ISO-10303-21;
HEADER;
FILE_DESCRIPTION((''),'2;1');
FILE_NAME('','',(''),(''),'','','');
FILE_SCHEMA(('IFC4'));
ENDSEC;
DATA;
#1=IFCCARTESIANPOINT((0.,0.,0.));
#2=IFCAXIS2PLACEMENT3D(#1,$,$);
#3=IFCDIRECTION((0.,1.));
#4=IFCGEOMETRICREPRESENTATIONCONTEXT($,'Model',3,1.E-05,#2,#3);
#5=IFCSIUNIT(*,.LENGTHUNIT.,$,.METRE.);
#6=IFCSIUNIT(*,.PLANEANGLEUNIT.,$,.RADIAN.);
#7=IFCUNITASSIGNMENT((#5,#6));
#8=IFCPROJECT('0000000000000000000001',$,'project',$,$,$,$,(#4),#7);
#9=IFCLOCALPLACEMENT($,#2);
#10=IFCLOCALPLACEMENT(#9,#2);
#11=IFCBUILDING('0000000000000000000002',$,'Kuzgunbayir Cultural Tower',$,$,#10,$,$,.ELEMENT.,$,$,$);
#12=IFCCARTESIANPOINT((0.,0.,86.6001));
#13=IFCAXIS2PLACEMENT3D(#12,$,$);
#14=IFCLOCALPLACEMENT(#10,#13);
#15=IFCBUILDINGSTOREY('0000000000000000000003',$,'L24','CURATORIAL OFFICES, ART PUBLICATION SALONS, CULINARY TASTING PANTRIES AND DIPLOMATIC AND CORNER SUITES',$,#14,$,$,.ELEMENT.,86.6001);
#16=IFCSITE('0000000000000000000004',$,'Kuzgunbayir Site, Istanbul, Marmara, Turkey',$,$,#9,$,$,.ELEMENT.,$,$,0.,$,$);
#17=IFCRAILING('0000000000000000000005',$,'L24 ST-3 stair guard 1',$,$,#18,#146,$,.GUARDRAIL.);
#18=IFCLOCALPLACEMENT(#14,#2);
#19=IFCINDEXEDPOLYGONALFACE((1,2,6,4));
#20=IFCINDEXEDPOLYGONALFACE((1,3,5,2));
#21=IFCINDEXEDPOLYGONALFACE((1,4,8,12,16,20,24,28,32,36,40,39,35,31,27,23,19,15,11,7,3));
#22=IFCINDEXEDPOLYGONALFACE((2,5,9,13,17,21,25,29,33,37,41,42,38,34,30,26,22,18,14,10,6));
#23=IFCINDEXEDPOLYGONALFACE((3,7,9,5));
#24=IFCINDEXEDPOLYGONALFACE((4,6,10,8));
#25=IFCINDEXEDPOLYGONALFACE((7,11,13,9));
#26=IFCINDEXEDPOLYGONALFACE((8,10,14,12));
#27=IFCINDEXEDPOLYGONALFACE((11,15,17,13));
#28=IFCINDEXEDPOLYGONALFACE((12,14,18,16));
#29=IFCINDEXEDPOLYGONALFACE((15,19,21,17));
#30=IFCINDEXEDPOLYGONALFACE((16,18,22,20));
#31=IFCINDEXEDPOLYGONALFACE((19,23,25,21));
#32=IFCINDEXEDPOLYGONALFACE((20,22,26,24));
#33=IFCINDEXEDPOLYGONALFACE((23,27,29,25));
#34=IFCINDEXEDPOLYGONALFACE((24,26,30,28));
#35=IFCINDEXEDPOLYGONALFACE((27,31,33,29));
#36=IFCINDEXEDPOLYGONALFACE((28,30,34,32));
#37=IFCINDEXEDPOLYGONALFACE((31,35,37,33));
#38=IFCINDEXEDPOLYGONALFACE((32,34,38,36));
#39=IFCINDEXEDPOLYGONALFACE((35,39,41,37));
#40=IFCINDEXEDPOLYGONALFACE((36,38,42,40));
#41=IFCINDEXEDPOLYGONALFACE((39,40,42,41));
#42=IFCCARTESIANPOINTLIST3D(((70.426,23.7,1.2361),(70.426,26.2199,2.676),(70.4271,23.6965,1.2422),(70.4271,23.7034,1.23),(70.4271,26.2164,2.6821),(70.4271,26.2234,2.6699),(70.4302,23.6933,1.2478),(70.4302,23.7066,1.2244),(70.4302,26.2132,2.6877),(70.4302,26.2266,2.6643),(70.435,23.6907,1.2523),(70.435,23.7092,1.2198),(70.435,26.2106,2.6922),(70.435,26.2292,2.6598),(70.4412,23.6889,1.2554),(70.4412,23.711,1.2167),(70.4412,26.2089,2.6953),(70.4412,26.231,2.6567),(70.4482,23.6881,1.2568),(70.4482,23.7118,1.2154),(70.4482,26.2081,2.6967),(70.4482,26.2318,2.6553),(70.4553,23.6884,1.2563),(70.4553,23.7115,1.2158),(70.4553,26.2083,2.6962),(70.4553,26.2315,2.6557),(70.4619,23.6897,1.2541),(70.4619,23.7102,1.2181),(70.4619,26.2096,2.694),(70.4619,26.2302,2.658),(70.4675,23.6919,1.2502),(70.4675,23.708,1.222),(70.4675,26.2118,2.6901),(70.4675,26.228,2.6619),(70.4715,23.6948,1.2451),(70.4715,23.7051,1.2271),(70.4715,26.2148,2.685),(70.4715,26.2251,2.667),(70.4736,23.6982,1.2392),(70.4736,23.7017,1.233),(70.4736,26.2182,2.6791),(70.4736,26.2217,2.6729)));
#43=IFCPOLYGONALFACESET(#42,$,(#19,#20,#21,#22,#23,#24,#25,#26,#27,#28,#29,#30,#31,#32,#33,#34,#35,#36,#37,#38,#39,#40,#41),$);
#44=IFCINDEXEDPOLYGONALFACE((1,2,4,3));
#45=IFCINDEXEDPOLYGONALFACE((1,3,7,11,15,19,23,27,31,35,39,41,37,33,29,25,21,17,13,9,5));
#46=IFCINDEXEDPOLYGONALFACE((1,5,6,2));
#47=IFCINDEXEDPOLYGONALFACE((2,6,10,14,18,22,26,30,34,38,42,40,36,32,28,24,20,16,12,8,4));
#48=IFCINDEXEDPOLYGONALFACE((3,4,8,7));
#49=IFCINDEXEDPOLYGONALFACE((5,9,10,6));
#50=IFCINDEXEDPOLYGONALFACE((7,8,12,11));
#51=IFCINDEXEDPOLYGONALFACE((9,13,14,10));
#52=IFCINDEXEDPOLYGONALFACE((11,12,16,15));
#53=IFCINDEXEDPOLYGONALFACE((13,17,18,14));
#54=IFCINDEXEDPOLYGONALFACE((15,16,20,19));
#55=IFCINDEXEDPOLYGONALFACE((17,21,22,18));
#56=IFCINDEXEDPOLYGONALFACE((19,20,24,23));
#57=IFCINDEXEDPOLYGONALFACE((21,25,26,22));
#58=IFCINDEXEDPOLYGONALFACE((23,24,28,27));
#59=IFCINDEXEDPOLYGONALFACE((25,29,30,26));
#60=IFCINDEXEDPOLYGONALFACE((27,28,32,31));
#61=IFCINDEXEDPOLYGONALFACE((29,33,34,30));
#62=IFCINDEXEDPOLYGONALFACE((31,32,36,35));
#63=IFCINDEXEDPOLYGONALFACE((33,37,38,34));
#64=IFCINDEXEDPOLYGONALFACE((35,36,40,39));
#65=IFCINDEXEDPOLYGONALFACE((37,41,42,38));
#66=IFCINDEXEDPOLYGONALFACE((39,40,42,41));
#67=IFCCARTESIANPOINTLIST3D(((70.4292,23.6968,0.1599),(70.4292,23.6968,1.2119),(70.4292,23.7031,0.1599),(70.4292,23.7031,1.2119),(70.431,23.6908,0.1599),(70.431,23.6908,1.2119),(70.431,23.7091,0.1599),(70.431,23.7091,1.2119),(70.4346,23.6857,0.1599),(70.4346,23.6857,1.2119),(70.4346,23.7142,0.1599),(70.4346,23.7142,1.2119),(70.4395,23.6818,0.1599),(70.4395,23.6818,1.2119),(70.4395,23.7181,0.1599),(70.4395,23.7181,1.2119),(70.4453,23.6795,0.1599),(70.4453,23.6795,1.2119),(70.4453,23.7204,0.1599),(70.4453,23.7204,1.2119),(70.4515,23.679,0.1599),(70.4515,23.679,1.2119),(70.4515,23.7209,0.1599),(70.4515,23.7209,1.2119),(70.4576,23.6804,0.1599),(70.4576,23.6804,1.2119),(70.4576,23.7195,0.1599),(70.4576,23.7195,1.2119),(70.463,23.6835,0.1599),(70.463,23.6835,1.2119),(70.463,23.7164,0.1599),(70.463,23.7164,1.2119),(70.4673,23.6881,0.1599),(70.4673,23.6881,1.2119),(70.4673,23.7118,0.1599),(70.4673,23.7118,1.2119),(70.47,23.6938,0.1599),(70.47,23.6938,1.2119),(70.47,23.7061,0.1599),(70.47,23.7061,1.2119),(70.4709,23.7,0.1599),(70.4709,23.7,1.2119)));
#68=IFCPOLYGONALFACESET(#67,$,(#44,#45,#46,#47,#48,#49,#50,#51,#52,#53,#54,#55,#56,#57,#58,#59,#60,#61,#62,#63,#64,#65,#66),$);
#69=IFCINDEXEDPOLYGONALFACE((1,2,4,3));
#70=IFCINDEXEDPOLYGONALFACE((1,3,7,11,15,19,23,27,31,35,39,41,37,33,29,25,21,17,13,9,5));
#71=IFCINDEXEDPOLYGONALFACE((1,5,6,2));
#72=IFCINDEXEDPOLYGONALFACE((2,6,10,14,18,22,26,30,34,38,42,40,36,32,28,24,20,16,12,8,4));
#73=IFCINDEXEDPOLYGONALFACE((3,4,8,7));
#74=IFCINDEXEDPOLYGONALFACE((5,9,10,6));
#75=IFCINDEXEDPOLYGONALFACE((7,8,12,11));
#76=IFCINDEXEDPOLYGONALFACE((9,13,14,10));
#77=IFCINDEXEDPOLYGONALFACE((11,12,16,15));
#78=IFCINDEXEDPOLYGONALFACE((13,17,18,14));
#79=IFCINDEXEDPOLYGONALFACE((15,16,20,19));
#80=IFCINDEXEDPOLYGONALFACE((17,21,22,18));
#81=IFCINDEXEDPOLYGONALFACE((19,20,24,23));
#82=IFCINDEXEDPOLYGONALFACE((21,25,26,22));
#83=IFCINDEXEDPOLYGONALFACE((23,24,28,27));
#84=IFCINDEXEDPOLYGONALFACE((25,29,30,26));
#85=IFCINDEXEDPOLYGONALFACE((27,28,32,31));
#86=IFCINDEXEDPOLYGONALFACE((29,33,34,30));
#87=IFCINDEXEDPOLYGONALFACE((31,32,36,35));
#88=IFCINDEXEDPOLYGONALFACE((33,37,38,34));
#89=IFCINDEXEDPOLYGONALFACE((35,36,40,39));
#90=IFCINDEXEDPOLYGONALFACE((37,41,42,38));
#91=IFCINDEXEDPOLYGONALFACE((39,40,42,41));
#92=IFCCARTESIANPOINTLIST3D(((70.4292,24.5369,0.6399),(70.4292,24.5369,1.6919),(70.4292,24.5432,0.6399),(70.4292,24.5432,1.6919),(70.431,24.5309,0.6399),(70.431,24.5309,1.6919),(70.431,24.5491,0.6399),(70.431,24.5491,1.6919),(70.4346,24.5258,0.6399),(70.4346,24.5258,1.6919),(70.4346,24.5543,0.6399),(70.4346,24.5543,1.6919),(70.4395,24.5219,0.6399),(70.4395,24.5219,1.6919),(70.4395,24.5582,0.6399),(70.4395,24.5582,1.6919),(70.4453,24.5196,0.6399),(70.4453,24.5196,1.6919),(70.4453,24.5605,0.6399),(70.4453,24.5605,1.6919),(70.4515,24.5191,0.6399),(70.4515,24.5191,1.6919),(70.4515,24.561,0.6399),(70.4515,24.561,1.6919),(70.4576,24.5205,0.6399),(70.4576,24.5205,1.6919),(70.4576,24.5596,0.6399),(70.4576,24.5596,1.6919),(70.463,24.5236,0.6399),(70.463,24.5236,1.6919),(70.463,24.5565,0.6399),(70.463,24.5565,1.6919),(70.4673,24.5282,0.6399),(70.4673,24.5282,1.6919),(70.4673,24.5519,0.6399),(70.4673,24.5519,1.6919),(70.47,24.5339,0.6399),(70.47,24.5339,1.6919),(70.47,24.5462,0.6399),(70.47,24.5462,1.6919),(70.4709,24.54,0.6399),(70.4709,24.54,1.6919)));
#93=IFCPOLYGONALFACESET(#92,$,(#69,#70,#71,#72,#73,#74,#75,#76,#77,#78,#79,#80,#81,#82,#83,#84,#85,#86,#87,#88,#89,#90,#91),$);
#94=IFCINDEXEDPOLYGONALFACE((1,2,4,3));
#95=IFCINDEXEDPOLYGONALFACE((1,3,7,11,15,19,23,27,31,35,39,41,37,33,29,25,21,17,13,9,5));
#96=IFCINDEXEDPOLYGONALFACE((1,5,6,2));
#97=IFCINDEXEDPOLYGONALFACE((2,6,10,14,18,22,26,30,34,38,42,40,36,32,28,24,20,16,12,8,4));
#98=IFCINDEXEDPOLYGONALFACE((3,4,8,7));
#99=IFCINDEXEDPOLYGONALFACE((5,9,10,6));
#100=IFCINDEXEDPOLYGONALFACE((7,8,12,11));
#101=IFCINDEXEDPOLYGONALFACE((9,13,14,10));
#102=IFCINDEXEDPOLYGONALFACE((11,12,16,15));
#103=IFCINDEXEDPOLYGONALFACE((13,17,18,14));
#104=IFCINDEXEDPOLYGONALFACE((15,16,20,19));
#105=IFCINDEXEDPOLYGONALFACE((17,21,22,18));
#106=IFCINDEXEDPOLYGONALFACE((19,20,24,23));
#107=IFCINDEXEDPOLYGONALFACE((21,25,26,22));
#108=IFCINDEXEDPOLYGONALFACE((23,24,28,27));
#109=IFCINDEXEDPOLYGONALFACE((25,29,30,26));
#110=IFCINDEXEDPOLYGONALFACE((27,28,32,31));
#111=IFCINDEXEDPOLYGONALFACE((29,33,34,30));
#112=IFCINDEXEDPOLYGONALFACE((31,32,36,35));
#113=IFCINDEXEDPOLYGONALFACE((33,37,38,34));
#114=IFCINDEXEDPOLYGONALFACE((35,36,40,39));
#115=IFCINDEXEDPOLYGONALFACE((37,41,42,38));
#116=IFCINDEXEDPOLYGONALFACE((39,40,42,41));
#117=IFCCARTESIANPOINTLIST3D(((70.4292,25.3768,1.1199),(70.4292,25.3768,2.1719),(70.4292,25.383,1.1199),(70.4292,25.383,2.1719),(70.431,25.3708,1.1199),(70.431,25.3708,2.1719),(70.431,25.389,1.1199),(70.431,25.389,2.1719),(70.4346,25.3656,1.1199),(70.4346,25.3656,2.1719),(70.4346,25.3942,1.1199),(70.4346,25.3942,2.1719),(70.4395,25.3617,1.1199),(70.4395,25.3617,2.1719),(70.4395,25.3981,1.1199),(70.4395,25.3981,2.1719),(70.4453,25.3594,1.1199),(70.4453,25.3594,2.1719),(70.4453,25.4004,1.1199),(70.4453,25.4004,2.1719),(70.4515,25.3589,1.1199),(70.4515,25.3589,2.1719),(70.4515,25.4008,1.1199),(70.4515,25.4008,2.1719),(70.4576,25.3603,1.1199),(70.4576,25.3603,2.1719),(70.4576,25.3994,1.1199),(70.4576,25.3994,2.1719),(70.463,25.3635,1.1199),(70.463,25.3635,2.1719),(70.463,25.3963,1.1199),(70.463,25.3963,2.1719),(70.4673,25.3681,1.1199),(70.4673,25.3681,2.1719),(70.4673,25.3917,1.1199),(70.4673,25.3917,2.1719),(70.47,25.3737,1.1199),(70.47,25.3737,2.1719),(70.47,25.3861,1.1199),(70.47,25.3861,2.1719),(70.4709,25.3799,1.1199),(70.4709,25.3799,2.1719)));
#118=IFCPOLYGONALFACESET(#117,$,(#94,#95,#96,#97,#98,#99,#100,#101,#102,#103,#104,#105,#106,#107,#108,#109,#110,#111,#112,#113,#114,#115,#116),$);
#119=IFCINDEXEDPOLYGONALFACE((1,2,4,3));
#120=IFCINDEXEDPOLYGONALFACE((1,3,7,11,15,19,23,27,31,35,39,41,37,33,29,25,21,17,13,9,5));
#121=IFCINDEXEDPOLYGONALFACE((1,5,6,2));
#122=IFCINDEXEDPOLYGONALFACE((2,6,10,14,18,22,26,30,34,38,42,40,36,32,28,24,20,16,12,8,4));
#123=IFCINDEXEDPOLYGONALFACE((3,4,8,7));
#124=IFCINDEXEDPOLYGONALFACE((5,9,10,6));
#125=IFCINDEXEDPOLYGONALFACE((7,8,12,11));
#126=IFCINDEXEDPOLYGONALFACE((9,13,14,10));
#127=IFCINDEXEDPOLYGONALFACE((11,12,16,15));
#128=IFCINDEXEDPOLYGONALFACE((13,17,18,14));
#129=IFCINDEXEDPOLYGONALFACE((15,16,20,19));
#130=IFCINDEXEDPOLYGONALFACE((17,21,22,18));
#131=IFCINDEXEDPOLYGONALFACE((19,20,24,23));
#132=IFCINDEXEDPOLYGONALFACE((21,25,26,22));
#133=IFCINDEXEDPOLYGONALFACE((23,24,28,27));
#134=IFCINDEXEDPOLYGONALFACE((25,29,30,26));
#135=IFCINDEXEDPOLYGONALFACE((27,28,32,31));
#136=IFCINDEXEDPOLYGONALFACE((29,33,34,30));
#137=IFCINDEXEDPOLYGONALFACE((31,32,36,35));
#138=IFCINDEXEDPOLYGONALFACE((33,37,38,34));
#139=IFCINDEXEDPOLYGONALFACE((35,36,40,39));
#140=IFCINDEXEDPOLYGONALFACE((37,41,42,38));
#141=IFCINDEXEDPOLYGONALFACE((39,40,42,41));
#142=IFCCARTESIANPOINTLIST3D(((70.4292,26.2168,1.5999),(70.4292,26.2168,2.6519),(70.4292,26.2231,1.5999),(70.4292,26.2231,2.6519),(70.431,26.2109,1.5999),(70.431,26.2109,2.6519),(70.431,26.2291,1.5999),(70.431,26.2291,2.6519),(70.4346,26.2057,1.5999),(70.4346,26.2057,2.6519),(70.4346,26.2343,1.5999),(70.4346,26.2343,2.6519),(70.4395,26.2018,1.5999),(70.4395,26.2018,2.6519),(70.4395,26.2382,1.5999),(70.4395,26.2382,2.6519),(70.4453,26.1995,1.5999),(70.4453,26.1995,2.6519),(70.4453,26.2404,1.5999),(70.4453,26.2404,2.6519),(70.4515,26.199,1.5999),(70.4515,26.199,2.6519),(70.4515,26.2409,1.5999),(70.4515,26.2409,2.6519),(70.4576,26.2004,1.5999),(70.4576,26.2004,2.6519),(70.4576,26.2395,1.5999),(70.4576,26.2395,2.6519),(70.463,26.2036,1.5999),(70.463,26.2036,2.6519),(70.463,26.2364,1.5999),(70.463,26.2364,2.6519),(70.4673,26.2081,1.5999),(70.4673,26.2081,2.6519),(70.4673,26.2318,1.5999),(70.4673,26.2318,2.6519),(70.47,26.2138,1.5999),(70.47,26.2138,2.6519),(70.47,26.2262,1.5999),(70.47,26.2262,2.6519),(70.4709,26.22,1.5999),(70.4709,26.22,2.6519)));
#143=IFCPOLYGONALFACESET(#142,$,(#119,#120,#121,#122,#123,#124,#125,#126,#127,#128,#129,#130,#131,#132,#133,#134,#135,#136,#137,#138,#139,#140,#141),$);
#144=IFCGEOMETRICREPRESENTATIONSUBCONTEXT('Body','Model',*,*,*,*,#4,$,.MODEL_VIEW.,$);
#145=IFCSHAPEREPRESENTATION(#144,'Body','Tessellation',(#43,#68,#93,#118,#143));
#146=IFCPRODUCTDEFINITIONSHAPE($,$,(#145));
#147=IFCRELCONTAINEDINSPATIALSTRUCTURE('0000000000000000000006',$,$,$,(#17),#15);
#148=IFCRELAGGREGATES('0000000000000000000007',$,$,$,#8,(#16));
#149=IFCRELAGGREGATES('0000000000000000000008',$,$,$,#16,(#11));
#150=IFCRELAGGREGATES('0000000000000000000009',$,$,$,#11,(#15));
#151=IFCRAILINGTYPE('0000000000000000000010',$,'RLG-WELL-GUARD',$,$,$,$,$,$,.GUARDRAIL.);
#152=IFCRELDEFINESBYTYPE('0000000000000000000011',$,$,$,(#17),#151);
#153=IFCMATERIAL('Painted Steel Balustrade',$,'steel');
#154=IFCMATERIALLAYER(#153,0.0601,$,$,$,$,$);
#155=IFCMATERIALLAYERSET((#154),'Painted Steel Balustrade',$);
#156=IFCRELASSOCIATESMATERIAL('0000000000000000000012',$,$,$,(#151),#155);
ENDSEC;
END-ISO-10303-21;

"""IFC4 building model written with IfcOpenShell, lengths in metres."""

from ifc_helpers import new_model, si_unit, direction, frame, origin, origin_2d, place, context, subcontext, project, spatial, circle, extrude, material, layer, layer_set, type_object, element, save


model = new_model("IFC4")

# Units and contexts
model_context = context("Model", 3, precision=1e-05, world=origin(), true_north=direction((0.0, 1.0)))
body_context = subcontext(model_context, "Body", "Model", "MODEL_VIEW")
ifc_project = project(units=[si_unit("LENGTHUNIT", "METRE"), si_unit("PLANEANGLEUNIT", "RADIAN")], contexts=[model_context])

# Site, building, storey
site_placement = place(None, origin())
site = spatial("IfcSite", under=ifc_project, at=site_placement, Name="Kuzgunbayir Site, Istanbul, Marmara, Turkey", CompositionType="ELEMENT", RefElevation=0.0)
building_placement = place(site_placement, origin())
building = spatial("IfcBuilding", under=site, at=building_placement, Name="Kuzgunbayir Cultural Tower", CompositionType="ELEMENT")
storey_placement = place(building_placement, frame((0.0, 0.0, 86.6001)))
storey = spatial("IfcBuildingStorey", under=building, at=storey_placement, Name="L24", Description="CURATORIAL OFFICES, ART PUBLICATION SALONS, CULINARY TASTING PANTRIES AND DIPLOMATIC AND CORNER SUITES", CompositionType="ELEMENT", Elevation=86.6001)

# Railing
ifc_material_1 = material(Name="Painted Steel Balustrade", Category="steel")
ifc_layer_1 = layer(ifc_material_1, 0.0601)
ifc_layer_set_1 = layer_set([ifc_layer_1], Name="Painted Steel Balustrade")
railing_type_1 = type_object("IfcRailingType", Name="RLG-WELL-GUARD", PredefinedType="GUARDRAIL", material=ifc_layer_set_1)
railing_1_placement = place(storey_placement, frame((70.45, 23.7, 0.1599)))
element("IfcRailing", 1, at=railing_1_placement, inside=storey, type_object=railing_type_1, Name="L24 ST-3 stair guard 1", PredefinedType="GUARDRAIL", context=body_context, shape_type="SweptSolid", body=[
    extrude(circle(Radius=0.0239, at=origin_2d()), frame((0.0, 0.0, 1.0762), z_axis=(0.0, 0.868253, 0.496121), x_axis=(-1.0, 0.0, 0.0)), (0.0, 0.0, 1.0), 2.9023),
    extrude(circle(Radius=0.021, at=origin_2d()), origin(), (0.0, 0.0, 1.0), 1.052),
    extrude(circle(Radius=0.021, at=origin_2d()), frame((0.0, 0.8401, 0.48)), (0.0, 0.0, 1.0), 1.052),
    extrude(circle(Radius=0.021, at=origin_2d()), frame((0.0, 1.6799, 0.96)), (0.0, 0.0, 1.0), 1.052),
    extrude(circle(Radius=0.021, at=origin_2d()), frame((0.0, 2.52, 1.4399)), (0.0, 0.0, 1.0), 1.052),
])

save(model, "model.ifc")
